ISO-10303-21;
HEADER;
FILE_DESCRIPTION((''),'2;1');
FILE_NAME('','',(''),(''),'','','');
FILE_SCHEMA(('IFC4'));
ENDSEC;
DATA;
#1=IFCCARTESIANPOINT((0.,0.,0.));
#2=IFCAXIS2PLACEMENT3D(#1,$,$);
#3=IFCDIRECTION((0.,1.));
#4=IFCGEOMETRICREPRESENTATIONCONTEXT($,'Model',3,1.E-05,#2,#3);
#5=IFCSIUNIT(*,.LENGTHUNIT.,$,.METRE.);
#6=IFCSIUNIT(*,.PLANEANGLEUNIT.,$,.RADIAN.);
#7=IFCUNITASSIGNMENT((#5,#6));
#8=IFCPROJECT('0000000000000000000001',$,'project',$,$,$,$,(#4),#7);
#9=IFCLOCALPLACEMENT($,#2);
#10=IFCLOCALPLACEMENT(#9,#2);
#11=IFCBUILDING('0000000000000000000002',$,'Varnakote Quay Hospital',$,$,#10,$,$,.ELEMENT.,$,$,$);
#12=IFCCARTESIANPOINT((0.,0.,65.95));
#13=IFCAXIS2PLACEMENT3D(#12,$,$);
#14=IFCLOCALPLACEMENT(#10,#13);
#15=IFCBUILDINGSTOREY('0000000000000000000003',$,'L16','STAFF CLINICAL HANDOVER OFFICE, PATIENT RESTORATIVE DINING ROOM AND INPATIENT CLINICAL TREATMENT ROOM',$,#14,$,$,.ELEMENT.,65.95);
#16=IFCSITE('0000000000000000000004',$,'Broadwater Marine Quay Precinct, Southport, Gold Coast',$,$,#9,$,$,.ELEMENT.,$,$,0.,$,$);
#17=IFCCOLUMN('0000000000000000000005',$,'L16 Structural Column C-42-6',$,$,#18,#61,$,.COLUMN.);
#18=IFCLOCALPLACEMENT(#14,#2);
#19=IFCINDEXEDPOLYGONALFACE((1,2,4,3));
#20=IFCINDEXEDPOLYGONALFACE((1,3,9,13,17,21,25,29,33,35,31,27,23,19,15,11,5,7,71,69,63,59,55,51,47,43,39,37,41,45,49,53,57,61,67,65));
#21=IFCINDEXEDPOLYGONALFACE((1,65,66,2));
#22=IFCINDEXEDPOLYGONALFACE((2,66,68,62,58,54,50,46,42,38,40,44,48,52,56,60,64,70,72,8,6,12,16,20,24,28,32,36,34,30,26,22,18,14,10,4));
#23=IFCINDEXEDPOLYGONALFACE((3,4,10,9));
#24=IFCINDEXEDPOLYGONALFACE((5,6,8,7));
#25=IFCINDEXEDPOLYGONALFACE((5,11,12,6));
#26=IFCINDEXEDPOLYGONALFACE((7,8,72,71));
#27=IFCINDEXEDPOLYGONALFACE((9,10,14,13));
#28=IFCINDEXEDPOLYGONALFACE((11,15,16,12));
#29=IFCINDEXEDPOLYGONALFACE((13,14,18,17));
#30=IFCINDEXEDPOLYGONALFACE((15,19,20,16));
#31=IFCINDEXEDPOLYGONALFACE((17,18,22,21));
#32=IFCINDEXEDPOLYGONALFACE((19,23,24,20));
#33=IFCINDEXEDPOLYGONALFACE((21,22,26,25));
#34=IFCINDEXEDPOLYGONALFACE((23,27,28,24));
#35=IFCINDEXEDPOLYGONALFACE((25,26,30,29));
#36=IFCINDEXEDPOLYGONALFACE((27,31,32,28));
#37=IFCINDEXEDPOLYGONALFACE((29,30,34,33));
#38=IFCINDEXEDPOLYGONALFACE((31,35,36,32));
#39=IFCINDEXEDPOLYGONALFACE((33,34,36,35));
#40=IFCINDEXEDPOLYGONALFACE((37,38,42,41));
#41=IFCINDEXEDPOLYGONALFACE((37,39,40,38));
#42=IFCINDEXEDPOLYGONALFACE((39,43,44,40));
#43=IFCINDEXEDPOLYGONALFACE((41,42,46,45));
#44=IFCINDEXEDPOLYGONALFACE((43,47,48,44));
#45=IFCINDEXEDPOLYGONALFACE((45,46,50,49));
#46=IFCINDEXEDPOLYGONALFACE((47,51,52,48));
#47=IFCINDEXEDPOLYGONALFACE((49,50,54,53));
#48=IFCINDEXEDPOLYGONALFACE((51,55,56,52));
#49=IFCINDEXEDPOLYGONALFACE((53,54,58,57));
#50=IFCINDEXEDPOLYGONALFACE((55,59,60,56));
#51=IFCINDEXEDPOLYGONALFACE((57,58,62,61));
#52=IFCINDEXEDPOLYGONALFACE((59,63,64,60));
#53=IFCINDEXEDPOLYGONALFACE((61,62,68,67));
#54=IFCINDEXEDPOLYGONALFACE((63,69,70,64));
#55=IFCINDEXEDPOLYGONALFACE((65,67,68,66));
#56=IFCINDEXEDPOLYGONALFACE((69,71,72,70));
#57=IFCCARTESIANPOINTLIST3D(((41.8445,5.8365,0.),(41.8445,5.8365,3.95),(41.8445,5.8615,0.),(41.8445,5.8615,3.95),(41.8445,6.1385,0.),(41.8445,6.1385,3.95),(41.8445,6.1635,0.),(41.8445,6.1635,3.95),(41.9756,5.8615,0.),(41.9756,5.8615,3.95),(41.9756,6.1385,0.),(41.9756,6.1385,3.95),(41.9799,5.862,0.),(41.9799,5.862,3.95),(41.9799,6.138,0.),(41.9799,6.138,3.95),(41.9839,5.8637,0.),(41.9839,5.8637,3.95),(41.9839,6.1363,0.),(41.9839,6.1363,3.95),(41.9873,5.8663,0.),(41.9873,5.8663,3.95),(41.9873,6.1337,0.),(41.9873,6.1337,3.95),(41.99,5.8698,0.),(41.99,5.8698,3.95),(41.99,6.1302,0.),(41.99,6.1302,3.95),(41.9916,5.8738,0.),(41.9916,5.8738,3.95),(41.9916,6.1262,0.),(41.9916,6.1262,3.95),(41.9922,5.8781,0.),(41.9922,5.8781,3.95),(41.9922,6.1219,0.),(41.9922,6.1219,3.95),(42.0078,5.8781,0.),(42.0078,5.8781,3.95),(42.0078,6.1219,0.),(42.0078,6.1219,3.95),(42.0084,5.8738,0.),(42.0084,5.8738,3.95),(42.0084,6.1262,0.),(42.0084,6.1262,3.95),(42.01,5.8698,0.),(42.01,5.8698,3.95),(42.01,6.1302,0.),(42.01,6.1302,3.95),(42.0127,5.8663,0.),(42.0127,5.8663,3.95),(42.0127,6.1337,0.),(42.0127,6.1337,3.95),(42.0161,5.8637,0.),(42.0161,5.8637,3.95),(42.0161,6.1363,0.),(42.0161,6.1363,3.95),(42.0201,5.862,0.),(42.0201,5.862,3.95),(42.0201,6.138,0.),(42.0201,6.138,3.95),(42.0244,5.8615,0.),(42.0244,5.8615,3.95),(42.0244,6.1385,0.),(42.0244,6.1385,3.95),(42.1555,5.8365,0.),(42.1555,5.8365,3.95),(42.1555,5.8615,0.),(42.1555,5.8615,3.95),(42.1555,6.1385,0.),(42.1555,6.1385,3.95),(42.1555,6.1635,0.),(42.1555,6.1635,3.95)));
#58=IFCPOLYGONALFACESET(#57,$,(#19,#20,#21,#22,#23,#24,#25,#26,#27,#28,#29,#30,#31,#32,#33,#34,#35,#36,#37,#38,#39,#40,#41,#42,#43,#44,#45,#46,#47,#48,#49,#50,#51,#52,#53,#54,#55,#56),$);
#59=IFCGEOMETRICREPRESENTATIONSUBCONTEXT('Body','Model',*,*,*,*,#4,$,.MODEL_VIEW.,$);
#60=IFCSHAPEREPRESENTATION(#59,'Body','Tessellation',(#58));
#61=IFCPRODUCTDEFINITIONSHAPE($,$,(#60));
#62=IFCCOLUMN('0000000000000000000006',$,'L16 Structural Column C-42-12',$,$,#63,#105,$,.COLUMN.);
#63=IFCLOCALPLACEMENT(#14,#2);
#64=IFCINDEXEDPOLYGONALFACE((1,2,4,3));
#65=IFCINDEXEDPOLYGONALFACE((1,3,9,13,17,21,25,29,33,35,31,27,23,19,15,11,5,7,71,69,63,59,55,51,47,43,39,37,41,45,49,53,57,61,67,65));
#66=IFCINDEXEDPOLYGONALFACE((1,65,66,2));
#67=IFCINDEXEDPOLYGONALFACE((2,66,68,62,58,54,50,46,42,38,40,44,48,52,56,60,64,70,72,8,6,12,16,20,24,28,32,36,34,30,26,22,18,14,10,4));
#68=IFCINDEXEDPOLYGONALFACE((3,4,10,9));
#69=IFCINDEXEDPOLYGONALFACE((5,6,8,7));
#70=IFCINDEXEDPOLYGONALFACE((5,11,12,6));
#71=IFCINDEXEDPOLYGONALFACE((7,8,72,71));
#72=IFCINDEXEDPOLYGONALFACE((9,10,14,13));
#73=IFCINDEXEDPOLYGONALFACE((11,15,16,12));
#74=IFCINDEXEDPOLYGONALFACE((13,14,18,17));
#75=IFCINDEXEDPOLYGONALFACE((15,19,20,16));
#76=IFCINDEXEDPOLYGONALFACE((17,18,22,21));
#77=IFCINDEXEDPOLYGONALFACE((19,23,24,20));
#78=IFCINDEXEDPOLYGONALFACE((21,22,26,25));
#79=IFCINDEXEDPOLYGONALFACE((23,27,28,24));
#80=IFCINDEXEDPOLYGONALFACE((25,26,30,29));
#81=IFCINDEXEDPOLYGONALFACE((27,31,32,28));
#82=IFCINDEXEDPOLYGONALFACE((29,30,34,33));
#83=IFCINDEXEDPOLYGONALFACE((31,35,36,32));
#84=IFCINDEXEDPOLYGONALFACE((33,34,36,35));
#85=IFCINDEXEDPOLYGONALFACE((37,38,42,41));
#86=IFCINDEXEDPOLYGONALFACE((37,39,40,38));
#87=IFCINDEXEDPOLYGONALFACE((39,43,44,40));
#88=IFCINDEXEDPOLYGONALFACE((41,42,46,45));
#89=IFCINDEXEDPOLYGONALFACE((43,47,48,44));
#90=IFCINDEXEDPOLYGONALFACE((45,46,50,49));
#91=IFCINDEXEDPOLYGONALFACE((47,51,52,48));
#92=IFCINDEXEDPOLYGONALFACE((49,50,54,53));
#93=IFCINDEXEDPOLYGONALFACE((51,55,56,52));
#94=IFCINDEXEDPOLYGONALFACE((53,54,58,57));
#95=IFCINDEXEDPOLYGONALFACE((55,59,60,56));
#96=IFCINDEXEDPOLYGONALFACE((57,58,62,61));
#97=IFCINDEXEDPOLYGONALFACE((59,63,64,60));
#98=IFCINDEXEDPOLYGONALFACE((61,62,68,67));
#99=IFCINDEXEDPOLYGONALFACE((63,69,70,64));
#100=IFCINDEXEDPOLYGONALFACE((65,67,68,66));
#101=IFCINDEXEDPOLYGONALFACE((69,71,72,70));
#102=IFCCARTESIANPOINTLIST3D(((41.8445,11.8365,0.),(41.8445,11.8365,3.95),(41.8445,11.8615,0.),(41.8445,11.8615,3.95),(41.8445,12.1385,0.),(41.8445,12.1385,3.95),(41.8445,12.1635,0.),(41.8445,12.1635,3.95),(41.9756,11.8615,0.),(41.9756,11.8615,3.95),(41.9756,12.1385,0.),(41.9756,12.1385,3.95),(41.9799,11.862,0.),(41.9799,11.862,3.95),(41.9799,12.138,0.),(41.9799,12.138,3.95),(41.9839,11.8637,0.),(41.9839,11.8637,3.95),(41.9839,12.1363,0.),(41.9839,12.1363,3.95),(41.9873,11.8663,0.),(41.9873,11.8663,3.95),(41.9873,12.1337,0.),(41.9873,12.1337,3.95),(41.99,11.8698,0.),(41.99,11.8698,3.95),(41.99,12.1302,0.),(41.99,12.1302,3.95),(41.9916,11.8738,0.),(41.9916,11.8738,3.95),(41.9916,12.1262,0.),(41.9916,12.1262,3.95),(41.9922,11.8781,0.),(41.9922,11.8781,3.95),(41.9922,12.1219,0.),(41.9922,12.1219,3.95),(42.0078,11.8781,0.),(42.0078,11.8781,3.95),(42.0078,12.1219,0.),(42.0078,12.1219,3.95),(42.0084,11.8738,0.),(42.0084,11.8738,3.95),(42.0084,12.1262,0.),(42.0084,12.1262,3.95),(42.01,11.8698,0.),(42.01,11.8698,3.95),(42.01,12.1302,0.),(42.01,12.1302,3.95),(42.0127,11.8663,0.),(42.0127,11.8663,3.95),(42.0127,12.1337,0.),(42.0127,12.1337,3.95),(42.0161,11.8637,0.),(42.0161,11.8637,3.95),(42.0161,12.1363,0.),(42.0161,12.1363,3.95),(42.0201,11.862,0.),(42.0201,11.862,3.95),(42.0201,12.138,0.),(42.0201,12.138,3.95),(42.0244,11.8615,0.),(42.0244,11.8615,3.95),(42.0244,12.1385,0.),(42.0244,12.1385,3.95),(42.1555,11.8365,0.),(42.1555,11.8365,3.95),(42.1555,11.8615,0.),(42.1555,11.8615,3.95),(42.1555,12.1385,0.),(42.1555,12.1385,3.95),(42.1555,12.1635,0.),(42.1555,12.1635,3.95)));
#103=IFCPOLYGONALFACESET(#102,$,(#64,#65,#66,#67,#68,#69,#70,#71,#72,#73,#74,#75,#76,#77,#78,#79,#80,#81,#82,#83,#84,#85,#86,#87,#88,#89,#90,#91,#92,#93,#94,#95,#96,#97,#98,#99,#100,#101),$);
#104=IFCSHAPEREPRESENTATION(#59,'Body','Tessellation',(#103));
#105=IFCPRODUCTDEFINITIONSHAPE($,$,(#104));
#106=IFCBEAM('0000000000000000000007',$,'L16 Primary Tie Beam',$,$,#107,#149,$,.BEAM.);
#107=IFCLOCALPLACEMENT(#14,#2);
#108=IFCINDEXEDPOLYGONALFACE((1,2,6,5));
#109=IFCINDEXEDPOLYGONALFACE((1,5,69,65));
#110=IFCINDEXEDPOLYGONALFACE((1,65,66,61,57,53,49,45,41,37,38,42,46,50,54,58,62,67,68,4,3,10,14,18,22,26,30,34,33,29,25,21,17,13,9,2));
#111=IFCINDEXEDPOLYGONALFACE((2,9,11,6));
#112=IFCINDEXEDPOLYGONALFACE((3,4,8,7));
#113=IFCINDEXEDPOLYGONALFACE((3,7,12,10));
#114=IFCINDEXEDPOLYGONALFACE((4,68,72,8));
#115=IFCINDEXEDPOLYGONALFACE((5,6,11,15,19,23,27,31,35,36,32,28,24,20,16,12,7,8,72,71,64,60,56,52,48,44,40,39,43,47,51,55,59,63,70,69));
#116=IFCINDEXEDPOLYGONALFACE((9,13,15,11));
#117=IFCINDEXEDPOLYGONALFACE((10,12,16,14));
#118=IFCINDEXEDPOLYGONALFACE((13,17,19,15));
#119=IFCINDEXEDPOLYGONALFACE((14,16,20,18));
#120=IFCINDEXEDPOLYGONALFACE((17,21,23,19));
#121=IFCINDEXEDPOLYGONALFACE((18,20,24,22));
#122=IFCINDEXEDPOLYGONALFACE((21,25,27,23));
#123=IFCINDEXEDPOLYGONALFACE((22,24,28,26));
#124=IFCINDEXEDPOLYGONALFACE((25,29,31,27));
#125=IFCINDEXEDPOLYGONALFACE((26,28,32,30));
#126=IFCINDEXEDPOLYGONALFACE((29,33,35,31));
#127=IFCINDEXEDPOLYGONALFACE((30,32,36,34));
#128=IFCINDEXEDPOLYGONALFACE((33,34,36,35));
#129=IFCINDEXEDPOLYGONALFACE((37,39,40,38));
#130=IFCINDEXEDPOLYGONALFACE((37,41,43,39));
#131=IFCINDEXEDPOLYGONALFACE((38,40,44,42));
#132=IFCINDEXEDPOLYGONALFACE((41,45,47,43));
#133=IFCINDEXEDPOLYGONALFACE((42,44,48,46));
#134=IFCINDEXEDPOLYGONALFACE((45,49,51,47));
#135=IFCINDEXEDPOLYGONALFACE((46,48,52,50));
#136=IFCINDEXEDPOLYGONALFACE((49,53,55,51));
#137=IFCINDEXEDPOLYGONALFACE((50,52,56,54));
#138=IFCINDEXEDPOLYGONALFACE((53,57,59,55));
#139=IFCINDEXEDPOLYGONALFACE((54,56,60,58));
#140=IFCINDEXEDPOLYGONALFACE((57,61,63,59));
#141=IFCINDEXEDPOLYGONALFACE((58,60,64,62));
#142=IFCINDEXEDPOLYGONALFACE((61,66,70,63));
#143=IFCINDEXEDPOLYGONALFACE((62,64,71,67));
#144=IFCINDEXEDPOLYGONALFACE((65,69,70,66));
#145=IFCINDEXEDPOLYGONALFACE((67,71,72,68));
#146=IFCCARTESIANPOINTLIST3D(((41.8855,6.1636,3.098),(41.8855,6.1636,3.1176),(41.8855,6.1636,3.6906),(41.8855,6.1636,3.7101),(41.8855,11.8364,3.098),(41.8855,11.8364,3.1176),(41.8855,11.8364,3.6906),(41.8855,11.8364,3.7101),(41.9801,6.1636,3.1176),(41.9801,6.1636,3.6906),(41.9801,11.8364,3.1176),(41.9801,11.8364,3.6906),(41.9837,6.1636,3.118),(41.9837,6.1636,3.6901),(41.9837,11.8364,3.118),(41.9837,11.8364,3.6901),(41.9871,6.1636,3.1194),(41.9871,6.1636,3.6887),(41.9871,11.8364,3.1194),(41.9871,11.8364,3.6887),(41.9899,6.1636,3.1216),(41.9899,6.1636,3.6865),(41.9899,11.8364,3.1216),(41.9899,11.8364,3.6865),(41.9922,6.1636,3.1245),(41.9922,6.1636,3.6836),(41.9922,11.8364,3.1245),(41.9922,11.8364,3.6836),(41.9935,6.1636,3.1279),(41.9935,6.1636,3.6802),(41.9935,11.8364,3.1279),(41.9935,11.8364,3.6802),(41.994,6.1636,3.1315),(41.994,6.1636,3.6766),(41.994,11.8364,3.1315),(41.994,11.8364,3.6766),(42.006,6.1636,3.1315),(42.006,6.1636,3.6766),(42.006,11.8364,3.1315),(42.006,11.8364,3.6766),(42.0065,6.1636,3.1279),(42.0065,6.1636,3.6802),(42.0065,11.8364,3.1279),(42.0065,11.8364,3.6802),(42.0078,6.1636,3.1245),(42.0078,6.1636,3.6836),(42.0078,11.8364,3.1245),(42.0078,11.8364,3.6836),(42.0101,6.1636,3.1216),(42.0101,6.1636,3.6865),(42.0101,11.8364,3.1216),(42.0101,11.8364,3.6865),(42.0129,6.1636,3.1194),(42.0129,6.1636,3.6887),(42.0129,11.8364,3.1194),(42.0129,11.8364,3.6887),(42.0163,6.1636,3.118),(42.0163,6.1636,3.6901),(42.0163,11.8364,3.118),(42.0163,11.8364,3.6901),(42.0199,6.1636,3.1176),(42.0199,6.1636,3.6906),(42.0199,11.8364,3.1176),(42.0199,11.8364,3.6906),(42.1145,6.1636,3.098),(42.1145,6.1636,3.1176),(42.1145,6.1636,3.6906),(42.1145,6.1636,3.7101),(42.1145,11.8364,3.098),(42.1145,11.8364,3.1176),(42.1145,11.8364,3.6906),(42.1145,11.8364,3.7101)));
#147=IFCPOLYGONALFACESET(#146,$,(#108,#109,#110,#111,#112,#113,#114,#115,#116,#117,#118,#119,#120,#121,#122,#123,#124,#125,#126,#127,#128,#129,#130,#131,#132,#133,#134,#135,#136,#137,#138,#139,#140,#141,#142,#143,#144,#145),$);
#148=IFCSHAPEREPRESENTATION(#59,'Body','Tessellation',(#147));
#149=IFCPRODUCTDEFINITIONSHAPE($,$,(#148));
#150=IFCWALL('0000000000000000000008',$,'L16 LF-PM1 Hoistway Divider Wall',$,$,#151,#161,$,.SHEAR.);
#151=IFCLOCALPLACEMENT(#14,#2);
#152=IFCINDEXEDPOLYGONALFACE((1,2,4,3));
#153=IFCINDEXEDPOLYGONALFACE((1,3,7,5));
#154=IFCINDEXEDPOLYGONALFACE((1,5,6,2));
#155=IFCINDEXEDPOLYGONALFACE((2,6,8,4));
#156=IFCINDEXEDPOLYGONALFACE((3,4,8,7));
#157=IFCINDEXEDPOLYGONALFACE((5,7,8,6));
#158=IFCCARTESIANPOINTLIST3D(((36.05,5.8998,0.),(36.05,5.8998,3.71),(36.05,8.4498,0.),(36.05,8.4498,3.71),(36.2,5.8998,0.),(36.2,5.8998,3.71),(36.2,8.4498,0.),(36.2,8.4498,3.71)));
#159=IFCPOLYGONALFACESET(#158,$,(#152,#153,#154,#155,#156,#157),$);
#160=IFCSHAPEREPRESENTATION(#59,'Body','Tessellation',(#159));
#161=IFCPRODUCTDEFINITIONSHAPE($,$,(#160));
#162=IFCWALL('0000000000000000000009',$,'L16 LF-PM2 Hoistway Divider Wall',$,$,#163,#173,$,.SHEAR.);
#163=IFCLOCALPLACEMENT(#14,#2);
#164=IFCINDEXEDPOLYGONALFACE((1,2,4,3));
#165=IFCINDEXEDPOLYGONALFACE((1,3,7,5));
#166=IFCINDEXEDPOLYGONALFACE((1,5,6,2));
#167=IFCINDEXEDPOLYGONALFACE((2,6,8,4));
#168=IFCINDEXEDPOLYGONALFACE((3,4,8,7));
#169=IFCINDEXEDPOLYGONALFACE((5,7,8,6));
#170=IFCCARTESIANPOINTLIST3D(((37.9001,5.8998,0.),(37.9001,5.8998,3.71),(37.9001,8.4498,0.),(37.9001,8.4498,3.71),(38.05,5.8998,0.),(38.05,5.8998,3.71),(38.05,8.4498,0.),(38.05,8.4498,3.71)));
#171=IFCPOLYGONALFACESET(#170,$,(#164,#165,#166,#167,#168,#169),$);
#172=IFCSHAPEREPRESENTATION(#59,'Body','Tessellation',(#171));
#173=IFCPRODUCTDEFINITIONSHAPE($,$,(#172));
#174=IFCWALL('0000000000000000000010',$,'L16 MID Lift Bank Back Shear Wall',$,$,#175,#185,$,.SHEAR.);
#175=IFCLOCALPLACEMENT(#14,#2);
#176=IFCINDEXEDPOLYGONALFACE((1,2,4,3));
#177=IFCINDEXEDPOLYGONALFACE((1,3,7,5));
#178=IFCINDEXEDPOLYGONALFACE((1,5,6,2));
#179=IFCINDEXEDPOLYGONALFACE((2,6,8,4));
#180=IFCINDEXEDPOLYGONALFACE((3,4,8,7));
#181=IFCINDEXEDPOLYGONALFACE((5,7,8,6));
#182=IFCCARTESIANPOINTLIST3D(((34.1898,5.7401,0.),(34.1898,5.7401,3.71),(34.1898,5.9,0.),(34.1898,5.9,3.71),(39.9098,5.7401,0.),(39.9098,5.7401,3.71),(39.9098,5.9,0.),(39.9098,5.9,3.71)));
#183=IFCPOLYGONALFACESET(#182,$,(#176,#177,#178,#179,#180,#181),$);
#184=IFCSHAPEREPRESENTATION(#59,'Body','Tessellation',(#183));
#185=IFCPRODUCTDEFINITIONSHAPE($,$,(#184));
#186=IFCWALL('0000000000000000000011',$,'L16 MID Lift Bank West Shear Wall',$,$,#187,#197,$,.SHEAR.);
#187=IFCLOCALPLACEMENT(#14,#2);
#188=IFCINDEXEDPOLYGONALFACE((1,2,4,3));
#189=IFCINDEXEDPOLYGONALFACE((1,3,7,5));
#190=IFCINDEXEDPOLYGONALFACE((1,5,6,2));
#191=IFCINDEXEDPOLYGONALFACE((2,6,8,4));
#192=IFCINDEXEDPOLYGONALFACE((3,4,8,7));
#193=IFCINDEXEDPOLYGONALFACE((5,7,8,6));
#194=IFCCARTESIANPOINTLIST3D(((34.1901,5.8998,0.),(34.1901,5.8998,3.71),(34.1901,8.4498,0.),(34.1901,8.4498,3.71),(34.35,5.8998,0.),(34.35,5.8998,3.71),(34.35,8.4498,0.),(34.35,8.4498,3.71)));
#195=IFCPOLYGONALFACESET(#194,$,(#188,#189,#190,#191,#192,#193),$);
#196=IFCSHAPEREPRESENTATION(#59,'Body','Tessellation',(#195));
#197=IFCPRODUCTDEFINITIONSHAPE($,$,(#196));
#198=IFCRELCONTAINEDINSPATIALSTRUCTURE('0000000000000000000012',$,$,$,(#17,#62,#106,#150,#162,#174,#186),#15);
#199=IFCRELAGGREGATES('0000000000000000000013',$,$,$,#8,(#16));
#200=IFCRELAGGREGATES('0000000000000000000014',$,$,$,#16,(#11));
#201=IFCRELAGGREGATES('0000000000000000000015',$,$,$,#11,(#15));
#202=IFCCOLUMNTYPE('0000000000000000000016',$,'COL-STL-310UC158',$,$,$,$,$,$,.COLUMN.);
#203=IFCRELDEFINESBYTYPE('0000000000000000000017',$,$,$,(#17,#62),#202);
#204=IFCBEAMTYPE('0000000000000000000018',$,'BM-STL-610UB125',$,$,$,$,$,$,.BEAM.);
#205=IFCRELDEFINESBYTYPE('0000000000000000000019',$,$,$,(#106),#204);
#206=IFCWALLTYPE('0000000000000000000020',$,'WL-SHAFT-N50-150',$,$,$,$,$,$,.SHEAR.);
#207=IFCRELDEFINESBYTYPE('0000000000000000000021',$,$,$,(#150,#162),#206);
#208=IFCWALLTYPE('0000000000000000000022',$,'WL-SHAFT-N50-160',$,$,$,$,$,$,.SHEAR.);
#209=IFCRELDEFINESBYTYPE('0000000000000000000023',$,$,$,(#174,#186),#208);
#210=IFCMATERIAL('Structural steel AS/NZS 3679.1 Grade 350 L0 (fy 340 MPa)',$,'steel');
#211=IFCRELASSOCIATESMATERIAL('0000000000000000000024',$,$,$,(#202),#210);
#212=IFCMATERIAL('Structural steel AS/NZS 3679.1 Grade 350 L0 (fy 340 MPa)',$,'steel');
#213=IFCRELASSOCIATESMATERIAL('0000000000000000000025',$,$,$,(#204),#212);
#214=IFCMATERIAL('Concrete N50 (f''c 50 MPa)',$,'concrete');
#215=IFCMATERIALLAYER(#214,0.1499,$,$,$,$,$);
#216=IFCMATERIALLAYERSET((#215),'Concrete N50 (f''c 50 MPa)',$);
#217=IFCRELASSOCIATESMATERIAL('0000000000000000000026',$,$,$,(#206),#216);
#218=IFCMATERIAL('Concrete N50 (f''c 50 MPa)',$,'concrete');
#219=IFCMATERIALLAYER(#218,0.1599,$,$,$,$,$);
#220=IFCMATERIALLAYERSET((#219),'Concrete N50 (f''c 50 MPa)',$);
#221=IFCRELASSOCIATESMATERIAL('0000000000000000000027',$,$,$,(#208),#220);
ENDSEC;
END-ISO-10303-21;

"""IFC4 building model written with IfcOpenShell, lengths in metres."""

from ifc_helpers import new_model, si_unit, direction, frame, frame_2d, origin, origin_2d, place, context, subcontext, project, spatial, rectangle, i_section, extrude, material, layer, layer_set, material_profile, profile_set, type_object, element, save


model = new_model("IFC4")

# Units and contexts
model_context = context("Model", 3, precision=1e-05, world=origin(), true_north=direction((0.0, 1.0)))
body_context = subcontext(model_context, "Body", "Model", "MODEL_VIEW")
ifc_project = project(units=[si_unit("LENGTHUNIT", "METRE"), si_unit("PLANEANGLEUNIT", "RADIAN")], contexts=[model_context])

# Site, building, storey
site_placement = place(None, origin())
site = spatial("IfcSite", under=ifc_project, at=site_placement, Name="Broadwater Marine Quay Precinct, Southport, Gold Coast", CompositionType="ELEMENT", RefElevation=0.0)
building_placement = place(site_placement, origin())
building = spatial("IfcBuilding", under=site, at=building_placement, Name="Varnakote Quay Hospital", CompositionType="ELEMENT")
storey_placement = place(building_placement, frame((0.0, 0.0, 65.95)))
storey = spatial("IfcBuildingStorey", under=building, at=storey_placement, Name="L16", Description="STAFF CLINICAL HANDOVER OFFICE, PATIENT RESTORATIVE DINING ROOM AND INPATIENT CLINICAL TREATMENT ROOM", CompositionType="ELEMENT", Elevation=65.95)

# Columns
ifc_material_1 = material(Name="Structural steel AS/NZS 3679.1 Grade 350 L0 (fy 340 MPa)", Category="steel")
ifc_material_profile_1 = material_profile(ifc_material_1, i_section(OverallWidth=0.311, OverallDepth=0.3269, WebThickness=0.0156, FlangeThickness=0.0249, FilletRadius=0.0166, at=origin_2d()), Name="310UC158")
ifc_profile_set_1 = profile_set([ifc_material_profile_1], Name="Structural steel AS/NZS 3679.1 Grade 350 L0 (fy 340 MPa)")
column_type = type_object("IfcColumnType", Name="COL-STL-310UC158", PredefinedType="COLUMN", material=ifc_profile_set_1)
for number, where, z_axis, x_axis, name in (
    (1, (42.0, 6.0, 0.0), (0.0, 0.0, 1.0), (1.0, 0.0, 0.0), "L16 Structural Column C-42-6"),
    (2, (42.0, 12.0, 0.0), (0.0, 0.0, 1.0), (1.0, 0.0, 0.0), "L16 Structural Column C-42-12"),
):
    element("IfcColumn", number, at=place(storey_placement, frame(where, z_axis=z_axis, x_axis=x_axis)), inside=storey, type_object=column_type, Name=name, PredefinedType="COLUMN", context=body_context, shape_type="SweptSolid", body=[
        extrude(i_section(OverallWidth=0.311, OverallDepth=0.3269, WebThickness=0.0156, FlangeThickness=0.0249, FilletRadius=0.0166, at=origin_2d()), origin(), (0.0, 0.0, 1.0), 3.95),
    ])

# Beam
ifc_material_2 = material(Name="Structural steel AS/NZS 3679.1 Grade 350 L0 (fy 340 MPa)", Category="steel")
ifc_material_profile_2 = material_profile(ifc_material_2, i_section(OverallWidth=0.229, OverallDepth=0.6121, WebThickness=0.012, FlangeThickness=0.0195, FilletRadius=0.0139, at=origin_2d()), Name="610UB125")
ifc_profile_set_2 = profile_set([ifc_material_profile_2], Name="Structural steel AS/NZS 3679.1 Grade 350 L0 (fy 340 MPa)")
beam_type = type_object("IfcBeamType", Name="BM-STL-610UB125", PredefinedType="BEAM", material=ifc_profile_set_2)
beam_placement = place(storey_placement, frame((42.0, 6.1636, 3.4041), z_axis=(0.0, 1.0, 0.0), x_axis=(-1.0, 0.0, 0.0)))
element("IfcBeam", 3, at=beam_placement, inside=storey, type_object=beam_type, Name="L16 Primary Tie Beam", PredefinedType="BEAM", context=body_context, shape_type="SweptSolid", body=[
    extrude(i_section(OverallWidth=0.229, OverallDepth=0.6121, WebThickness=0.012, FlangeThickness=0.0195, FilletRadius=0.0139, at=origin_2d()), origin(), (0.0, 0.0, 1.0), 5.6729),
])

# Walls
ifc_material_3 = material(Name="Concrete N50 (f'c 50 MPa)", Category="concrete")
ifc_layer_1 = layer(ifc_material_3, 0.1499)
ifc_layer_set_1 = layer_set([ifc_layer_1], Name="Concrete N50 (f'c 50 MPa)")
wall_type_1 = type_object("IfcWallType", Name="WL-SHAFT-N50-150", PredefinedType="SHEAR", material=ifc_layer_set_1)
for number, where, z_axis, x_axis, name in (
    (4, (36.125, 5.8999, 0.0), (0.0, 0.0, 1.0), (0.0, 1.0, 0.0), "L16 LF-PM1 Hoistway Divider Wall"),
    (5, (37.9751, 5.8999, 0.0), (0.0, 0.0, 1.0), (0.0, 1.0, 0.0), "L16 LF-PM2 Hoistway Divider Wall"),
):
    element("IfcWall", number, at=place(storey_placement, frame(where, z_axis=z_axis, x_axis=x_axis)), inside=storey, type_object=wall_type_1, Name=name, PredefinedType="SHEAR", context=body_context, shape_type="SweptSolid", body=[
        extrude(rectangle(XDim=2.55, YDim=0.1499, at=frame_2d((1.2749, 0.0))), origin(), (0.0, 0.0, 1.0), 3.71),
    ])
ifc_material_4 = material(Name="Concrete N50 (f'c 50 MPa)", Category="concrete")
ifc_layer_2 = layer(ifc_material_4, 0.1599)
ifc_layer_set_2 = layer_set([ifc_layer_2], Name="Concrete N50 (f'c 50 MPa)")
wall_type_2 = type_object("IfcWallType", Name="WL-SHAFT-N50-160", PredefinedType="SHEAR", material=ifc_layer_set_2)
wall_1_placement = place(storey_placement, frame((34.1899, 5.8201, 0.0), z_axis=(0.0, 0.0, 1.0), x_axis=(1.0, 0.0, 0.0)))
element("IfcWall", 6, at=wall_1_placement, inside=storey, type_object=wall_type_2, Name="L16 MID Lift Bank Back Shear Wall", PredefinedType="SHEAR", context=body_context, shape_type="SweptSolid", body=[
    extrude(rectangle(XDim=5.72, YDim=0.1599, at=frame_2d((2.8599, 0.0))), origin(), (0.0, 0.0, 1.0), 3.71),
])
for number, where, z_axis, x_axis, name in (
    (7, (34.27, 5.8999, 0.0), (0.0, 0.0, 1.0), (0.0, 1.0, 0.0), "L16 MID Lift Bank West Shear Wall"),
):
    element("IfcWall", number, at=place(storey_placement, frame(where, z_axis=z_axis, x_axis=x_axis)), inside=storey, type_object=wall_type_2, Name=name, PredefinedType="SHEAR", context=body_context, shape_type="SweptSolid", body=[
        extrude(rectangle(XDim=2.55, YDim=0.1599, at=frame_2d((1.2749, 0.0))), origin(), (0.0, 0.0, 1.0), 3.71),
    ])

save(model, "model.ifc")
